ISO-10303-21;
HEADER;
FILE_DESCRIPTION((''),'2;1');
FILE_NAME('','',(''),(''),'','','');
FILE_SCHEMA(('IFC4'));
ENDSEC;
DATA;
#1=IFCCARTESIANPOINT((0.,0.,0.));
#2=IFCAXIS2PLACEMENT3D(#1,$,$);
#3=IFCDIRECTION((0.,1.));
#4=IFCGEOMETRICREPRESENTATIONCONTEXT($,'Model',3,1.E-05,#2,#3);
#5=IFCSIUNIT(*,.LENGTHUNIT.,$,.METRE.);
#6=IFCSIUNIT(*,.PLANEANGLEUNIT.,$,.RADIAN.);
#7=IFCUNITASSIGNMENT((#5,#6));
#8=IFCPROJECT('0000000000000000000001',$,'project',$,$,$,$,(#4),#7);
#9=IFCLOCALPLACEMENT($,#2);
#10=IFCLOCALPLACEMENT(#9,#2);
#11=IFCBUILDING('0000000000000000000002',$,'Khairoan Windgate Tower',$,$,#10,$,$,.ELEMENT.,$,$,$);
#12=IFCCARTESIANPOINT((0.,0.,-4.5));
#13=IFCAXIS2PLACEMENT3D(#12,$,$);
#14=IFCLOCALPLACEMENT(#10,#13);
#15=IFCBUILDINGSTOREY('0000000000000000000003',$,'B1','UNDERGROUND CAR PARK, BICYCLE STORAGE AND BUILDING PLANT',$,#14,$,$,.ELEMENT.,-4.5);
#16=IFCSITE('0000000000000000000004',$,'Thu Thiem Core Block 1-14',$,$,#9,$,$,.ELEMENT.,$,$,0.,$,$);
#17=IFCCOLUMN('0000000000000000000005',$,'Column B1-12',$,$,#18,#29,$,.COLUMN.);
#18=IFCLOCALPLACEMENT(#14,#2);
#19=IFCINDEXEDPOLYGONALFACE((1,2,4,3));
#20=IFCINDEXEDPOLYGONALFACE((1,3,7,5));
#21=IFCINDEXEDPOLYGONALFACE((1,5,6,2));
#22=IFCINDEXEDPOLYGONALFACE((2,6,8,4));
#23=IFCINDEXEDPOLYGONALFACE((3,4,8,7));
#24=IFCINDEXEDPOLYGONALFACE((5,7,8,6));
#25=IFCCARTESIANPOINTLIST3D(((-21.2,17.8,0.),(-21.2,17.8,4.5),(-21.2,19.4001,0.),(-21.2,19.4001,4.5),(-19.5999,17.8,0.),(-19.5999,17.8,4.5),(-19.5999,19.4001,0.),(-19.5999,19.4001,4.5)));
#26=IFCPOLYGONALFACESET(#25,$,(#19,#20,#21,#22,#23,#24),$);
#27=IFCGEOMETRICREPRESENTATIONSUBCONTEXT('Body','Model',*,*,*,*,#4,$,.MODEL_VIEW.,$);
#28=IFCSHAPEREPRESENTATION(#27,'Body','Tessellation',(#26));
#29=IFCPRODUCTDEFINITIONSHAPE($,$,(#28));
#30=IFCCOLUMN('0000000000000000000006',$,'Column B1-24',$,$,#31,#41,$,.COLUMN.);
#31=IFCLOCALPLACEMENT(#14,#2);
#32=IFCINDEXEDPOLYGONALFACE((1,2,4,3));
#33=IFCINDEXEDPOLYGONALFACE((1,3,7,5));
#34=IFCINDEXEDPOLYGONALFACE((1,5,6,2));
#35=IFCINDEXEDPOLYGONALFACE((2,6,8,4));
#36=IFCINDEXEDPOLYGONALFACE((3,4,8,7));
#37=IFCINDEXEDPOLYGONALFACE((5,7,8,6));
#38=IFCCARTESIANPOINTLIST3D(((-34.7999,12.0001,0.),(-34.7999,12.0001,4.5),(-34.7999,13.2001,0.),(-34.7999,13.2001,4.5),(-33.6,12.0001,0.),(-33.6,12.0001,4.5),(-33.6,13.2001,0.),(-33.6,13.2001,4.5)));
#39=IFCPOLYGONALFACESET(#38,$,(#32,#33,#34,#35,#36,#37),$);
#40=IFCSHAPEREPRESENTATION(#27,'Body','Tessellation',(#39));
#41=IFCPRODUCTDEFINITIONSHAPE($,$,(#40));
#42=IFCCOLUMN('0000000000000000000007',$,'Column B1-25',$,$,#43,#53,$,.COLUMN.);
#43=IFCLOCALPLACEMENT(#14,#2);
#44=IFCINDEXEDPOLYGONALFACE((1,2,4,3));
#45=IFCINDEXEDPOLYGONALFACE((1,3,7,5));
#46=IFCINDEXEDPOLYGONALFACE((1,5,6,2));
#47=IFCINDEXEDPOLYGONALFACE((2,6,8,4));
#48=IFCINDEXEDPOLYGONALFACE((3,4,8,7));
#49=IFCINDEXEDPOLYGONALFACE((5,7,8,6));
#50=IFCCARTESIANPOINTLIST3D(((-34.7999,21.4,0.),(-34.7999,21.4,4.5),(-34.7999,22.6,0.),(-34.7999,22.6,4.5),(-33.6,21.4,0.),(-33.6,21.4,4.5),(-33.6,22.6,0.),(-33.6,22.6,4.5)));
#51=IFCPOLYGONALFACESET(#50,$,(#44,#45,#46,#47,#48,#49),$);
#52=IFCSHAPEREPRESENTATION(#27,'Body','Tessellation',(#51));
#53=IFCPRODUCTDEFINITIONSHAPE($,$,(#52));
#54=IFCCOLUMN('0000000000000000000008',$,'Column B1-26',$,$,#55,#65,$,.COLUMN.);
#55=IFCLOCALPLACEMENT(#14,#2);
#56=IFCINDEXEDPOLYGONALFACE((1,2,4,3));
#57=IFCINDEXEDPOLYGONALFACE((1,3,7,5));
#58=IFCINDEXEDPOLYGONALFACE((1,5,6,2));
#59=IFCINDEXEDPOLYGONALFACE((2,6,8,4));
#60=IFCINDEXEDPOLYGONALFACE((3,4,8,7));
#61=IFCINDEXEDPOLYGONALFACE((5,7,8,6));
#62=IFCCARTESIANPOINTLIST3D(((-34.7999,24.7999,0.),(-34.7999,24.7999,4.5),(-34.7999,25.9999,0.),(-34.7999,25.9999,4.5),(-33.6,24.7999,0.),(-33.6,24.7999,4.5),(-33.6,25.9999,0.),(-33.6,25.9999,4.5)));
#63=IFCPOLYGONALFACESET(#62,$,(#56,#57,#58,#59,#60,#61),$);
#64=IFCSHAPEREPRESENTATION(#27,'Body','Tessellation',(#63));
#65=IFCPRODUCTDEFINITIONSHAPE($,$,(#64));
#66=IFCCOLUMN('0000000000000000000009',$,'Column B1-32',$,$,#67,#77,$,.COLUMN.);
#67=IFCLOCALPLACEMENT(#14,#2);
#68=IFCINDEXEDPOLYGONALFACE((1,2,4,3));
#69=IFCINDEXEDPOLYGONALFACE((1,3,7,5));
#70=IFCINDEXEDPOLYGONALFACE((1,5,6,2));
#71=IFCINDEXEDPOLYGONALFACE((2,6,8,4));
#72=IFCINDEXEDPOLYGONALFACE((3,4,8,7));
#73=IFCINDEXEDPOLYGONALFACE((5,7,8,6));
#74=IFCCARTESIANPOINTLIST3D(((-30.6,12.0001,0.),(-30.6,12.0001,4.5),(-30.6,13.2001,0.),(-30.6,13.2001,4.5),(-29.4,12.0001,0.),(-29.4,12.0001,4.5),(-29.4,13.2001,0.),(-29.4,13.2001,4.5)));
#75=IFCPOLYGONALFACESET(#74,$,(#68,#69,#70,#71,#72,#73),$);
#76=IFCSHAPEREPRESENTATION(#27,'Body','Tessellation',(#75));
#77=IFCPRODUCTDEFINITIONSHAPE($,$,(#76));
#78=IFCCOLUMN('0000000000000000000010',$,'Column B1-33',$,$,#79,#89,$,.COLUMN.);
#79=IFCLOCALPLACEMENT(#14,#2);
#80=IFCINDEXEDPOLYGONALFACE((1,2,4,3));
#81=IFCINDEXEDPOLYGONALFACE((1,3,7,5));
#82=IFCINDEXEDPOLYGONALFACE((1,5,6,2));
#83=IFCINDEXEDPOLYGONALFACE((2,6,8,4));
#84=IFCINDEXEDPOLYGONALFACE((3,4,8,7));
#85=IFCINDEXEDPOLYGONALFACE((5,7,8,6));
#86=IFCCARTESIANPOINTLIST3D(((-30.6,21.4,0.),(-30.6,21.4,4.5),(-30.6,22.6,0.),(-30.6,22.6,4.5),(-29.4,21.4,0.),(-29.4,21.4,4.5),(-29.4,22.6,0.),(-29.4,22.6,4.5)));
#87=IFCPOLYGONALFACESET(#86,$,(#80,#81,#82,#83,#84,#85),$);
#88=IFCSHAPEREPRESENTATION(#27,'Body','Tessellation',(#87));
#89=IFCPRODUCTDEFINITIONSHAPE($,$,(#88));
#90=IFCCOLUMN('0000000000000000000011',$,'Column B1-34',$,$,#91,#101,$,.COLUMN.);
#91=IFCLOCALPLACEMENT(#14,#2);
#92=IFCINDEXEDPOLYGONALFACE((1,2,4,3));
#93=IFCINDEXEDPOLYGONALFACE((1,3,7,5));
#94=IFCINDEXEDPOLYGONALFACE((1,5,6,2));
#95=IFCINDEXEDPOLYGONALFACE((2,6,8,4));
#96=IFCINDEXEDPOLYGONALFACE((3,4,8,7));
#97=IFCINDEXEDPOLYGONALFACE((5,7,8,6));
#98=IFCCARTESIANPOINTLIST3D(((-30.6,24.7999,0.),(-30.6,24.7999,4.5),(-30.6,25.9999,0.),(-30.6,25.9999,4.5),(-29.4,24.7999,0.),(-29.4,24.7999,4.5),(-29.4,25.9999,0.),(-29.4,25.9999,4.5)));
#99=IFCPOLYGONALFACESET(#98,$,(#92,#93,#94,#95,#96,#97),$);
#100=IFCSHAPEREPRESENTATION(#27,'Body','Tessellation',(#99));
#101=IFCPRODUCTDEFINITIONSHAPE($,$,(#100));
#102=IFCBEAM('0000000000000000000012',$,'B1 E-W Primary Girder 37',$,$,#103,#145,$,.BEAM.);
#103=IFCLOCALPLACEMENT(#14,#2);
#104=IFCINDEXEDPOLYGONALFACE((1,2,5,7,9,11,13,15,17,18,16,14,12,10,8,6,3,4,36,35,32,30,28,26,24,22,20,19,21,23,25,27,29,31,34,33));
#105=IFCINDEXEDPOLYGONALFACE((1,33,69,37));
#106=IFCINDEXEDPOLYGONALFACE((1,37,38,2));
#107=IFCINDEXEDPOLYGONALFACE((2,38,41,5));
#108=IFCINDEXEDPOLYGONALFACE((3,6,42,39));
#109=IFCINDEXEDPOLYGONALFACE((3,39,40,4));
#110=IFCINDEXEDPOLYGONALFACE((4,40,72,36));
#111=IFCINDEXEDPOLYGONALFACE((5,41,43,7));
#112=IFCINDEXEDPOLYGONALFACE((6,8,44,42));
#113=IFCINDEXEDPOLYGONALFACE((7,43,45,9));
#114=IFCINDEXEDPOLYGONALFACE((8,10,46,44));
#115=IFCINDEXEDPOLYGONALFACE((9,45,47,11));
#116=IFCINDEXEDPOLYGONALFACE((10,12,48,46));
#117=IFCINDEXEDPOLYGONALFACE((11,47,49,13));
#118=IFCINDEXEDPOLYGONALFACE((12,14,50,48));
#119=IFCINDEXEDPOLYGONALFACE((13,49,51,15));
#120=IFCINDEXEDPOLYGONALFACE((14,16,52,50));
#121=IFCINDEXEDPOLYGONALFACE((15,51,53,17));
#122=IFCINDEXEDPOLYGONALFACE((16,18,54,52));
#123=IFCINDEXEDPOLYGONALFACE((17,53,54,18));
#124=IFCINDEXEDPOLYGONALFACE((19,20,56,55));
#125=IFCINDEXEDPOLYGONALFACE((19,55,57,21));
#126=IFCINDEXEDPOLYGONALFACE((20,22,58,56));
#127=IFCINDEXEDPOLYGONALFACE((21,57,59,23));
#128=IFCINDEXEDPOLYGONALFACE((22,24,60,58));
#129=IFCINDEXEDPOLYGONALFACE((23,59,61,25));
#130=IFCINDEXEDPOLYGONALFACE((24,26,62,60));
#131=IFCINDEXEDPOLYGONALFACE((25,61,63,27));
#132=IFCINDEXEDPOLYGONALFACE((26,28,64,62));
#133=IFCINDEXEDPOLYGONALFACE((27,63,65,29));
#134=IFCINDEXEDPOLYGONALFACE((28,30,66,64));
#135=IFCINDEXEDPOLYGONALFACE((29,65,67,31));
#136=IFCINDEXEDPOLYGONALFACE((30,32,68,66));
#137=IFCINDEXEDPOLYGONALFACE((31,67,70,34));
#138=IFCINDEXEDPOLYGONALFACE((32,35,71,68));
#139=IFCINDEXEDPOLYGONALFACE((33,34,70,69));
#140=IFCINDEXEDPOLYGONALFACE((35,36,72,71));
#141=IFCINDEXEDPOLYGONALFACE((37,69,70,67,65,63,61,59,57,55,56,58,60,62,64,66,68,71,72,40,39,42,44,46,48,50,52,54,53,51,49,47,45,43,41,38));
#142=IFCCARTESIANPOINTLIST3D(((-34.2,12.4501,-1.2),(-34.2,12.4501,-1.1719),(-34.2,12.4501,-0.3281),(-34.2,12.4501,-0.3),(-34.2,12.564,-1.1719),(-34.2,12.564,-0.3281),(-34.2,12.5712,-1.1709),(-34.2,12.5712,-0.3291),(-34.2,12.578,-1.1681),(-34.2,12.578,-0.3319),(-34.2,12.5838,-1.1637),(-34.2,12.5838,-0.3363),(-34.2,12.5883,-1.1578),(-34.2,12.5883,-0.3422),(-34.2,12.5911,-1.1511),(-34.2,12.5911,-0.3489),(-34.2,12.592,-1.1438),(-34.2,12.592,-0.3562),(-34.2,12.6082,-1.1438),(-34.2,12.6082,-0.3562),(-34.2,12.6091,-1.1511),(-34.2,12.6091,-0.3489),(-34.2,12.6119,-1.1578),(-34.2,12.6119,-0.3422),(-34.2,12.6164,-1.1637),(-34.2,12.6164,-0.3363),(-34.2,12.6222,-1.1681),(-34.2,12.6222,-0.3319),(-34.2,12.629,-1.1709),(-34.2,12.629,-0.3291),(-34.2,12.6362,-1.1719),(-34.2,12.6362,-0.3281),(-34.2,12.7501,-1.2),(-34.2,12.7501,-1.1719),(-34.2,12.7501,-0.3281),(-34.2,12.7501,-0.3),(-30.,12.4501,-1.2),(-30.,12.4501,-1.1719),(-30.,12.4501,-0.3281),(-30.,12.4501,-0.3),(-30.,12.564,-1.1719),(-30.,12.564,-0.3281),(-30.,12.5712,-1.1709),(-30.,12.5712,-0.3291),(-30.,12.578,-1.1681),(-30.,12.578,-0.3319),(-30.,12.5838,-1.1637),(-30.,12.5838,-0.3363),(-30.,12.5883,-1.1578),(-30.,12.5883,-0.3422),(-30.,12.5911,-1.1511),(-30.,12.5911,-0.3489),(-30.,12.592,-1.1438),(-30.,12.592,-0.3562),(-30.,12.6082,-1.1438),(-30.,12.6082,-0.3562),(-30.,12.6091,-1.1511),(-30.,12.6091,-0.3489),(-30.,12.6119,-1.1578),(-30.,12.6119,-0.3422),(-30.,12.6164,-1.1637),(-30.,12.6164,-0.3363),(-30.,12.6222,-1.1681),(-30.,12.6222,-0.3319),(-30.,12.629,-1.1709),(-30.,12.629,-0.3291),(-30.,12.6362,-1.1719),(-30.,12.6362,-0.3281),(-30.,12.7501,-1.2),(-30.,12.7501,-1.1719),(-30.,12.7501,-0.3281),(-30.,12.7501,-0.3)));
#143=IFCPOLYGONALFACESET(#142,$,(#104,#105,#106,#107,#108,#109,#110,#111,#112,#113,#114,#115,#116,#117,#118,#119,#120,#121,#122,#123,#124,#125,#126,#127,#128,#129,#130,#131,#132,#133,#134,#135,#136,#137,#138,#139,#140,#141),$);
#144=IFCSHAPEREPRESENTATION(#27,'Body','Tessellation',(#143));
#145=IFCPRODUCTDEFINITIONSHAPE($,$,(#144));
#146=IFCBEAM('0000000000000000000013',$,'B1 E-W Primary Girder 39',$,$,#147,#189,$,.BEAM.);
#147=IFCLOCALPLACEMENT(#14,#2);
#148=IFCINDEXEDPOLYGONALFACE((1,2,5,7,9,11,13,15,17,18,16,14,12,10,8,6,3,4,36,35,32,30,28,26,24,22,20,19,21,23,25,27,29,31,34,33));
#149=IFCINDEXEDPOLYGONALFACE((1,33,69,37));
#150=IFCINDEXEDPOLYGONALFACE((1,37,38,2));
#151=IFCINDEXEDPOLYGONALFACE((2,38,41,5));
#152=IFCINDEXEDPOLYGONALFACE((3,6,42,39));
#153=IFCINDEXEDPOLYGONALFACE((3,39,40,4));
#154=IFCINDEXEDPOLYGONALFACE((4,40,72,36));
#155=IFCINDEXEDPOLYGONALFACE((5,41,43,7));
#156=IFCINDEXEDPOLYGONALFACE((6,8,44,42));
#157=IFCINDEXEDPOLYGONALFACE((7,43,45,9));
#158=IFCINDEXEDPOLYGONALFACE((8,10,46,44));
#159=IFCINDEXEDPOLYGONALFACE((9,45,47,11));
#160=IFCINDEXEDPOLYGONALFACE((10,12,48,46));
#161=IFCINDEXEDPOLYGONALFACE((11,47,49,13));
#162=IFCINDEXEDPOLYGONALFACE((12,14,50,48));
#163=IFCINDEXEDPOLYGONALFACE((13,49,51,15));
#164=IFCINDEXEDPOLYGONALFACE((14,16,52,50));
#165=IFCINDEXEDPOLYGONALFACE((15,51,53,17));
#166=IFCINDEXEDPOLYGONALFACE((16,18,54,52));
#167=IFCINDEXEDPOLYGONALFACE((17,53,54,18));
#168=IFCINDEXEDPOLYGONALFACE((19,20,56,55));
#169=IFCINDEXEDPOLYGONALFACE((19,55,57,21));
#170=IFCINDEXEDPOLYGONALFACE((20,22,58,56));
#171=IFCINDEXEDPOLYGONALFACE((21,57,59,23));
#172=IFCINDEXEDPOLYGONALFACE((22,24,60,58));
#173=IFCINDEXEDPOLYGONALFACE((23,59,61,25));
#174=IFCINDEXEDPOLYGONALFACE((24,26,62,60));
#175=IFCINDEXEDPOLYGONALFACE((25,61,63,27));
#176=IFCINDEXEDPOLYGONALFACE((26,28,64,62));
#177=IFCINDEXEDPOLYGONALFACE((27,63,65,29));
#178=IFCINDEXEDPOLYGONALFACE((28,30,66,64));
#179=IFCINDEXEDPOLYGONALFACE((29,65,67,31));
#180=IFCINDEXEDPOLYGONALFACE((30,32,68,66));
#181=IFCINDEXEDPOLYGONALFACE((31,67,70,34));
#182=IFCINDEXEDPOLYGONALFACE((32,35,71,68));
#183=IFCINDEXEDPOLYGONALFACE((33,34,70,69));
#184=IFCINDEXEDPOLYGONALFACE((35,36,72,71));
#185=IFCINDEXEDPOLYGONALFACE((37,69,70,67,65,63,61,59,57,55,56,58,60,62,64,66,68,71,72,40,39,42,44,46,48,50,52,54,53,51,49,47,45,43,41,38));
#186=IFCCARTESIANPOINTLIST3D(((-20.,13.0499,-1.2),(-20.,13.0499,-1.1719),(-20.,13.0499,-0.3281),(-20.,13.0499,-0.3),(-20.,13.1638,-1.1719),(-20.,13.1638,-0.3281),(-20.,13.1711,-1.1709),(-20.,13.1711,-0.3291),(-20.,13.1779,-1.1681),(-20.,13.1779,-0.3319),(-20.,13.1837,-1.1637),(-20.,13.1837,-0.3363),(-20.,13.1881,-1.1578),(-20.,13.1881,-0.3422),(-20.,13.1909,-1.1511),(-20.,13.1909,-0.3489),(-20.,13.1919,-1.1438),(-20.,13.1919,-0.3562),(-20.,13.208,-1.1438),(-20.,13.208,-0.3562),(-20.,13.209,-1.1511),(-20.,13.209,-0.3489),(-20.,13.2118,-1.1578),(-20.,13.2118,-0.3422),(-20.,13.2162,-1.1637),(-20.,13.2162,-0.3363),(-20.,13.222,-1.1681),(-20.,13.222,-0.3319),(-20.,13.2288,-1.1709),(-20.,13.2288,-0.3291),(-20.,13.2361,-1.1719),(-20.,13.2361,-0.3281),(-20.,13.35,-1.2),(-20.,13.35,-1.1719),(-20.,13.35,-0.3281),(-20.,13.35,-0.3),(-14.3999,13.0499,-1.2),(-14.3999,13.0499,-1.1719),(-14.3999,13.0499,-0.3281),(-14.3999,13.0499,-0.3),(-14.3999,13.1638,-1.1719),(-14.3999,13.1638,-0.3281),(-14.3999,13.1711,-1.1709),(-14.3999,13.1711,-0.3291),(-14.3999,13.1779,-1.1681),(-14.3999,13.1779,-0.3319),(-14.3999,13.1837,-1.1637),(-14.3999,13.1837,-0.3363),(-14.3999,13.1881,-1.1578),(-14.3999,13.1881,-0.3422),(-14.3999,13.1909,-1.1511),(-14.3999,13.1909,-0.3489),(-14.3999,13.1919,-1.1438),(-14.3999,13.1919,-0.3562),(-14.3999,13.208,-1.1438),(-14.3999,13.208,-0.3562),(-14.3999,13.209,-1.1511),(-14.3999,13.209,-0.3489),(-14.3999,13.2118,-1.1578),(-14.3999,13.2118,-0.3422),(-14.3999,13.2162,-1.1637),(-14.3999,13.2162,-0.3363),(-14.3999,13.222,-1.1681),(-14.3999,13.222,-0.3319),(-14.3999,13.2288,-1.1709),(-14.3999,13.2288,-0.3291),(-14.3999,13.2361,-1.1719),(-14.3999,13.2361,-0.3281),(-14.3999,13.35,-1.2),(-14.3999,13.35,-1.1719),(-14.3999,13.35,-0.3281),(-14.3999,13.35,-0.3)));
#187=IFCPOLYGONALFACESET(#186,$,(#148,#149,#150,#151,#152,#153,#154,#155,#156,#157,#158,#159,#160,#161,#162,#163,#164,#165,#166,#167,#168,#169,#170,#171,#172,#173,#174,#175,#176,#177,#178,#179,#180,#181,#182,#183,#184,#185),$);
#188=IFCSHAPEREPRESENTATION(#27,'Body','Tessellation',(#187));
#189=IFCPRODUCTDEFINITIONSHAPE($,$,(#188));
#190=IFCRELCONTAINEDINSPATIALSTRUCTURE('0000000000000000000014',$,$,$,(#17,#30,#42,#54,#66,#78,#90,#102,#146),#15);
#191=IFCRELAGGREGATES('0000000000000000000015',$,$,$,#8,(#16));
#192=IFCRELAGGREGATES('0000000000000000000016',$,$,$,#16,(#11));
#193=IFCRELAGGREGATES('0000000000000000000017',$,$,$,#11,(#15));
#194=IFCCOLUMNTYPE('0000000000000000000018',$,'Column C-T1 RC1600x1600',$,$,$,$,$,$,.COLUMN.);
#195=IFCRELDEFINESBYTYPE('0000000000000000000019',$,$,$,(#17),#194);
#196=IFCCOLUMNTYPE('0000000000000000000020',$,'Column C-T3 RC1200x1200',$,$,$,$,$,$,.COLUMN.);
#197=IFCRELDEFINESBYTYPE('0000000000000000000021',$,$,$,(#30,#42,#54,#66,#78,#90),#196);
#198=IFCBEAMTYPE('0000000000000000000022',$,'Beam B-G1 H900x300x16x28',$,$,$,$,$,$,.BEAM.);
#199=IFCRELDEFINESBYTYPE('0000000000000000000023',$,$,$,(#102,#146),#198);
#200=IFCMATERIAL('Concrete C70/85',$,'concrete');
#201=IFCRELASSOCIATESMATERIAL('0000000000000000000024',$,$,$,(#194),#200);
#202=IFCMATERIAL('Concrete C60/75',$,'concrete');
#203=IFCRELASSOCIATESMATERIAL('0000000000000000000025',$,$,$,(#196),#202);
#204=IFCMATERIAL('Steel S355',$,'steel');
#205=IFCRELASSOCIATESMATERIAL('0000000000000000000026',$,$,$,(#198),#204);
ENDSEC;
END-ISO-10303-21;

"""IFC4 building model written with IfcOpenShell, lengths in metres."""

from ifc_helpers import new_model, si_unit, direction, frame, origin, origin_2d, place, context, subcontext, project, spatial, rectangle, i_section, extrude, material, material_profile, profile_set, type_object, element, save


model = new_model("IFC4")

# Units and contexts
model_context = context("Model", 3, precision=1e-05, world=origin(), true_north=direction((0.0, 1.0)))
body_context = subcontext(model_context, "Body", "Model", "MODEL_VIEW")
ifc_project = project(units=[si_unit("LENGTHUNIT", "METRE"), si_unit("PLANEANGLEUNIT", "RADIAN")], contexts=[model_context])

# Site, building, storey
site_placement = place(None, origin())
site = spatial("IfcSite", under=ifc_project, at=site_placement, Name="Thu Thiem Core Block 1-14", CompositionType="ELEMENT", RefElevation=0.0)
building_placement = place(site_placement, origin())
building = spatial("IfcBuilding", under=site, at=building_placement, Name="Khairoan Windgate Tower", CompositionType="ELEMENT")
storey_placement = place(building_placement, frame((0.0, 0.0, -4.5)))
storey = spatial("IfcBuildingStorey", under=building, at=storey_placement, Name="B1", Description="UNDERGROUND CAR PARK, BICYCLE STORAGE AND BUILDING PLANT", CompositionType="ELEMENT", Elevation=-4.5)

# Columns
ifc_material_1 = material(Name="Concrete C70/85", Category="concrete")
ifc_material_profile_1 = material_profile(ifc_material_1, rectangle(XDim=1.6001, YDim=1.6001, at=origin_2d()))
ifc_profile_set_1 = profile_set([ifc_material_profile_1], Name="Concrete C70/85")
column_type_1 = type_object("IfcColumnType", Name="Column C-T1 RC1600x1600", PredefinedType="COLUMN", material=ifc_profile_set_1)
column_placement = place(storey_placement, frame((-20.3999, 18.6001, 0.0), z_axis=(0.0, 0.0, 1.0), x_axis=(1.0, 0.0, 0.0)))
element("IfcColumn", 1, at=column_placement, inside=storey, type_object=column_type_1, Name="Column B1-12", PredefinedType="COLUMN", context=body_context, shape_type="SweptSolid", body=[
    extrude(rectangle(XDim=1.6001, YDim=1.6001, at=origin_2d()), origin(), (0.0, 0.0, 1.0), 4.5),
])
ifc_material_2 = material(Name="Concrete C60/75", Category="concrete")
ifc_material_profile_2 = material_profile(ifc_material_2, rectangle(XDim=1.2, YDim=1.2, at=origin_2d()))
ifc_profile_set_2 = profile_set([ifc_material_profile_2], Name="Concrete C60/75")
column_type_2 = type_object("IfcColumnType", Name="Column C-T3 RC1200x1200", PredefinedType="COLUMN", material=ifc_profile_set_2)
for number, where, z_axis, x_axis, name in (
    (2, (-34.2, 12.6001, 0.0), (0.0, 0.0, 1.0), (1.0, 0.0, 0.0), "Column B1-24"),
    (3, (-34.2, 22.0, 0.0), (0.0, 0.0, 1.0), (1.0, 0.0, 0.0), "Column B1-25"),
    (4, (-34.2, 25.3999, 0.0), (0.0, 0.0, 1.0), (1.0, 0.0, 0.0), "Column B1-26"),
    (5, (-30.0, 12.6001, 0.0), (0.0, 0.0, 1.0), (1.0, 0.0, 0.0), "Column B1-32"),
    (6, (-30.0, 22.0, 0.0), (0.0, 0.0, 1.0), (1.0, 0.0, 0.0), "Column B1-33"),
    (7, (-30.0, 25.3999, 0.0), (0.0, 0.0, 1.0), (1.0, 0.0, 0.0), "Column B1-34"),
):
    element("IfcColumn", number, at=place(storey_placement, frame(where, z_axis=z_axis, x_axis=x_axis)), inside=storey, type_object=column_type_2, Name=name, PredefinedType="COLUMN", context=body_context, shape_type="SweptSolid", body=[
        extrude(rectangle(XDim=1.2, YDim=1.2, at=origin_2d()), origin(), (0.0, 0.0, 1.0), 4.5),
    ])

# Beams
ifc_material_3 = material(Name="Steel S355", Category="steel")
ifc_material_profile_3 = material_profile(ifc_material_3, i_section(OverallWidth=0.3, OverallDepth=0.8999, WebThickness=0.0161, FlangeThickness=0.0281, FilletRadius=0.0281, at=origin_2d()))
ifc_profile_set_3 = profile_set([ifc_material_profile_3], Name="Steel S355")
beam_type_1 = type_object("IfcBeamType", Name="Beam B-G1 H900x300x16x28", PredefinedType="BEAM", material=ifc_profile_set_3)
beam_1_placement = place(storey_placement, frame((-34.2, 12.6001, -0.75), z_axis=(1.0, 0.0, 0.0), x_axis=(0.0, 1.0, 0.0)))
element("IfcBeam", 8, at=beam_1_placement, inside=storey, type_object=beam_type_1, Name="B1 E-W Primary Girder 37", PredefinedType="BEAM", context=body_context, shape_type="SweptSolid", body=[
    extrude(i_section(OverallWidth=0.3, OverallDepth=0.8999, WebThickness=0.0161, FlangeThickness=0.0281, FilletRadius=0.0281, at=origin_2d()), origin(), (0.0, 0.0, 1.0), 4.2),
])
beam_2_placement = place(storey_placement, frame((-20.0, 13.2, -0.75), z_axis=(1.0, 0.0, 0.0), x_axis=(0.0, 1.0, 0.0)))
element("IfcBeam", 9, at=beam_2_placement, inside=storey, type_object=beam_type_1, Name="B1 E-W Primary Girder 39", PredefinedType="BEAM", context=body_context, shape_type="SweptSolid", body=[
    extrude(i_section(OverallWidth=0.3, OverallDepth=0.8999, WebThickness=0.0161, FlangeThickness=0.0281, FilletRadius=0.0281, at=origin_2d()), origin(), (0.0, 0.0, 1.0), 5.6001),
])

save(model, "model.ifc")
